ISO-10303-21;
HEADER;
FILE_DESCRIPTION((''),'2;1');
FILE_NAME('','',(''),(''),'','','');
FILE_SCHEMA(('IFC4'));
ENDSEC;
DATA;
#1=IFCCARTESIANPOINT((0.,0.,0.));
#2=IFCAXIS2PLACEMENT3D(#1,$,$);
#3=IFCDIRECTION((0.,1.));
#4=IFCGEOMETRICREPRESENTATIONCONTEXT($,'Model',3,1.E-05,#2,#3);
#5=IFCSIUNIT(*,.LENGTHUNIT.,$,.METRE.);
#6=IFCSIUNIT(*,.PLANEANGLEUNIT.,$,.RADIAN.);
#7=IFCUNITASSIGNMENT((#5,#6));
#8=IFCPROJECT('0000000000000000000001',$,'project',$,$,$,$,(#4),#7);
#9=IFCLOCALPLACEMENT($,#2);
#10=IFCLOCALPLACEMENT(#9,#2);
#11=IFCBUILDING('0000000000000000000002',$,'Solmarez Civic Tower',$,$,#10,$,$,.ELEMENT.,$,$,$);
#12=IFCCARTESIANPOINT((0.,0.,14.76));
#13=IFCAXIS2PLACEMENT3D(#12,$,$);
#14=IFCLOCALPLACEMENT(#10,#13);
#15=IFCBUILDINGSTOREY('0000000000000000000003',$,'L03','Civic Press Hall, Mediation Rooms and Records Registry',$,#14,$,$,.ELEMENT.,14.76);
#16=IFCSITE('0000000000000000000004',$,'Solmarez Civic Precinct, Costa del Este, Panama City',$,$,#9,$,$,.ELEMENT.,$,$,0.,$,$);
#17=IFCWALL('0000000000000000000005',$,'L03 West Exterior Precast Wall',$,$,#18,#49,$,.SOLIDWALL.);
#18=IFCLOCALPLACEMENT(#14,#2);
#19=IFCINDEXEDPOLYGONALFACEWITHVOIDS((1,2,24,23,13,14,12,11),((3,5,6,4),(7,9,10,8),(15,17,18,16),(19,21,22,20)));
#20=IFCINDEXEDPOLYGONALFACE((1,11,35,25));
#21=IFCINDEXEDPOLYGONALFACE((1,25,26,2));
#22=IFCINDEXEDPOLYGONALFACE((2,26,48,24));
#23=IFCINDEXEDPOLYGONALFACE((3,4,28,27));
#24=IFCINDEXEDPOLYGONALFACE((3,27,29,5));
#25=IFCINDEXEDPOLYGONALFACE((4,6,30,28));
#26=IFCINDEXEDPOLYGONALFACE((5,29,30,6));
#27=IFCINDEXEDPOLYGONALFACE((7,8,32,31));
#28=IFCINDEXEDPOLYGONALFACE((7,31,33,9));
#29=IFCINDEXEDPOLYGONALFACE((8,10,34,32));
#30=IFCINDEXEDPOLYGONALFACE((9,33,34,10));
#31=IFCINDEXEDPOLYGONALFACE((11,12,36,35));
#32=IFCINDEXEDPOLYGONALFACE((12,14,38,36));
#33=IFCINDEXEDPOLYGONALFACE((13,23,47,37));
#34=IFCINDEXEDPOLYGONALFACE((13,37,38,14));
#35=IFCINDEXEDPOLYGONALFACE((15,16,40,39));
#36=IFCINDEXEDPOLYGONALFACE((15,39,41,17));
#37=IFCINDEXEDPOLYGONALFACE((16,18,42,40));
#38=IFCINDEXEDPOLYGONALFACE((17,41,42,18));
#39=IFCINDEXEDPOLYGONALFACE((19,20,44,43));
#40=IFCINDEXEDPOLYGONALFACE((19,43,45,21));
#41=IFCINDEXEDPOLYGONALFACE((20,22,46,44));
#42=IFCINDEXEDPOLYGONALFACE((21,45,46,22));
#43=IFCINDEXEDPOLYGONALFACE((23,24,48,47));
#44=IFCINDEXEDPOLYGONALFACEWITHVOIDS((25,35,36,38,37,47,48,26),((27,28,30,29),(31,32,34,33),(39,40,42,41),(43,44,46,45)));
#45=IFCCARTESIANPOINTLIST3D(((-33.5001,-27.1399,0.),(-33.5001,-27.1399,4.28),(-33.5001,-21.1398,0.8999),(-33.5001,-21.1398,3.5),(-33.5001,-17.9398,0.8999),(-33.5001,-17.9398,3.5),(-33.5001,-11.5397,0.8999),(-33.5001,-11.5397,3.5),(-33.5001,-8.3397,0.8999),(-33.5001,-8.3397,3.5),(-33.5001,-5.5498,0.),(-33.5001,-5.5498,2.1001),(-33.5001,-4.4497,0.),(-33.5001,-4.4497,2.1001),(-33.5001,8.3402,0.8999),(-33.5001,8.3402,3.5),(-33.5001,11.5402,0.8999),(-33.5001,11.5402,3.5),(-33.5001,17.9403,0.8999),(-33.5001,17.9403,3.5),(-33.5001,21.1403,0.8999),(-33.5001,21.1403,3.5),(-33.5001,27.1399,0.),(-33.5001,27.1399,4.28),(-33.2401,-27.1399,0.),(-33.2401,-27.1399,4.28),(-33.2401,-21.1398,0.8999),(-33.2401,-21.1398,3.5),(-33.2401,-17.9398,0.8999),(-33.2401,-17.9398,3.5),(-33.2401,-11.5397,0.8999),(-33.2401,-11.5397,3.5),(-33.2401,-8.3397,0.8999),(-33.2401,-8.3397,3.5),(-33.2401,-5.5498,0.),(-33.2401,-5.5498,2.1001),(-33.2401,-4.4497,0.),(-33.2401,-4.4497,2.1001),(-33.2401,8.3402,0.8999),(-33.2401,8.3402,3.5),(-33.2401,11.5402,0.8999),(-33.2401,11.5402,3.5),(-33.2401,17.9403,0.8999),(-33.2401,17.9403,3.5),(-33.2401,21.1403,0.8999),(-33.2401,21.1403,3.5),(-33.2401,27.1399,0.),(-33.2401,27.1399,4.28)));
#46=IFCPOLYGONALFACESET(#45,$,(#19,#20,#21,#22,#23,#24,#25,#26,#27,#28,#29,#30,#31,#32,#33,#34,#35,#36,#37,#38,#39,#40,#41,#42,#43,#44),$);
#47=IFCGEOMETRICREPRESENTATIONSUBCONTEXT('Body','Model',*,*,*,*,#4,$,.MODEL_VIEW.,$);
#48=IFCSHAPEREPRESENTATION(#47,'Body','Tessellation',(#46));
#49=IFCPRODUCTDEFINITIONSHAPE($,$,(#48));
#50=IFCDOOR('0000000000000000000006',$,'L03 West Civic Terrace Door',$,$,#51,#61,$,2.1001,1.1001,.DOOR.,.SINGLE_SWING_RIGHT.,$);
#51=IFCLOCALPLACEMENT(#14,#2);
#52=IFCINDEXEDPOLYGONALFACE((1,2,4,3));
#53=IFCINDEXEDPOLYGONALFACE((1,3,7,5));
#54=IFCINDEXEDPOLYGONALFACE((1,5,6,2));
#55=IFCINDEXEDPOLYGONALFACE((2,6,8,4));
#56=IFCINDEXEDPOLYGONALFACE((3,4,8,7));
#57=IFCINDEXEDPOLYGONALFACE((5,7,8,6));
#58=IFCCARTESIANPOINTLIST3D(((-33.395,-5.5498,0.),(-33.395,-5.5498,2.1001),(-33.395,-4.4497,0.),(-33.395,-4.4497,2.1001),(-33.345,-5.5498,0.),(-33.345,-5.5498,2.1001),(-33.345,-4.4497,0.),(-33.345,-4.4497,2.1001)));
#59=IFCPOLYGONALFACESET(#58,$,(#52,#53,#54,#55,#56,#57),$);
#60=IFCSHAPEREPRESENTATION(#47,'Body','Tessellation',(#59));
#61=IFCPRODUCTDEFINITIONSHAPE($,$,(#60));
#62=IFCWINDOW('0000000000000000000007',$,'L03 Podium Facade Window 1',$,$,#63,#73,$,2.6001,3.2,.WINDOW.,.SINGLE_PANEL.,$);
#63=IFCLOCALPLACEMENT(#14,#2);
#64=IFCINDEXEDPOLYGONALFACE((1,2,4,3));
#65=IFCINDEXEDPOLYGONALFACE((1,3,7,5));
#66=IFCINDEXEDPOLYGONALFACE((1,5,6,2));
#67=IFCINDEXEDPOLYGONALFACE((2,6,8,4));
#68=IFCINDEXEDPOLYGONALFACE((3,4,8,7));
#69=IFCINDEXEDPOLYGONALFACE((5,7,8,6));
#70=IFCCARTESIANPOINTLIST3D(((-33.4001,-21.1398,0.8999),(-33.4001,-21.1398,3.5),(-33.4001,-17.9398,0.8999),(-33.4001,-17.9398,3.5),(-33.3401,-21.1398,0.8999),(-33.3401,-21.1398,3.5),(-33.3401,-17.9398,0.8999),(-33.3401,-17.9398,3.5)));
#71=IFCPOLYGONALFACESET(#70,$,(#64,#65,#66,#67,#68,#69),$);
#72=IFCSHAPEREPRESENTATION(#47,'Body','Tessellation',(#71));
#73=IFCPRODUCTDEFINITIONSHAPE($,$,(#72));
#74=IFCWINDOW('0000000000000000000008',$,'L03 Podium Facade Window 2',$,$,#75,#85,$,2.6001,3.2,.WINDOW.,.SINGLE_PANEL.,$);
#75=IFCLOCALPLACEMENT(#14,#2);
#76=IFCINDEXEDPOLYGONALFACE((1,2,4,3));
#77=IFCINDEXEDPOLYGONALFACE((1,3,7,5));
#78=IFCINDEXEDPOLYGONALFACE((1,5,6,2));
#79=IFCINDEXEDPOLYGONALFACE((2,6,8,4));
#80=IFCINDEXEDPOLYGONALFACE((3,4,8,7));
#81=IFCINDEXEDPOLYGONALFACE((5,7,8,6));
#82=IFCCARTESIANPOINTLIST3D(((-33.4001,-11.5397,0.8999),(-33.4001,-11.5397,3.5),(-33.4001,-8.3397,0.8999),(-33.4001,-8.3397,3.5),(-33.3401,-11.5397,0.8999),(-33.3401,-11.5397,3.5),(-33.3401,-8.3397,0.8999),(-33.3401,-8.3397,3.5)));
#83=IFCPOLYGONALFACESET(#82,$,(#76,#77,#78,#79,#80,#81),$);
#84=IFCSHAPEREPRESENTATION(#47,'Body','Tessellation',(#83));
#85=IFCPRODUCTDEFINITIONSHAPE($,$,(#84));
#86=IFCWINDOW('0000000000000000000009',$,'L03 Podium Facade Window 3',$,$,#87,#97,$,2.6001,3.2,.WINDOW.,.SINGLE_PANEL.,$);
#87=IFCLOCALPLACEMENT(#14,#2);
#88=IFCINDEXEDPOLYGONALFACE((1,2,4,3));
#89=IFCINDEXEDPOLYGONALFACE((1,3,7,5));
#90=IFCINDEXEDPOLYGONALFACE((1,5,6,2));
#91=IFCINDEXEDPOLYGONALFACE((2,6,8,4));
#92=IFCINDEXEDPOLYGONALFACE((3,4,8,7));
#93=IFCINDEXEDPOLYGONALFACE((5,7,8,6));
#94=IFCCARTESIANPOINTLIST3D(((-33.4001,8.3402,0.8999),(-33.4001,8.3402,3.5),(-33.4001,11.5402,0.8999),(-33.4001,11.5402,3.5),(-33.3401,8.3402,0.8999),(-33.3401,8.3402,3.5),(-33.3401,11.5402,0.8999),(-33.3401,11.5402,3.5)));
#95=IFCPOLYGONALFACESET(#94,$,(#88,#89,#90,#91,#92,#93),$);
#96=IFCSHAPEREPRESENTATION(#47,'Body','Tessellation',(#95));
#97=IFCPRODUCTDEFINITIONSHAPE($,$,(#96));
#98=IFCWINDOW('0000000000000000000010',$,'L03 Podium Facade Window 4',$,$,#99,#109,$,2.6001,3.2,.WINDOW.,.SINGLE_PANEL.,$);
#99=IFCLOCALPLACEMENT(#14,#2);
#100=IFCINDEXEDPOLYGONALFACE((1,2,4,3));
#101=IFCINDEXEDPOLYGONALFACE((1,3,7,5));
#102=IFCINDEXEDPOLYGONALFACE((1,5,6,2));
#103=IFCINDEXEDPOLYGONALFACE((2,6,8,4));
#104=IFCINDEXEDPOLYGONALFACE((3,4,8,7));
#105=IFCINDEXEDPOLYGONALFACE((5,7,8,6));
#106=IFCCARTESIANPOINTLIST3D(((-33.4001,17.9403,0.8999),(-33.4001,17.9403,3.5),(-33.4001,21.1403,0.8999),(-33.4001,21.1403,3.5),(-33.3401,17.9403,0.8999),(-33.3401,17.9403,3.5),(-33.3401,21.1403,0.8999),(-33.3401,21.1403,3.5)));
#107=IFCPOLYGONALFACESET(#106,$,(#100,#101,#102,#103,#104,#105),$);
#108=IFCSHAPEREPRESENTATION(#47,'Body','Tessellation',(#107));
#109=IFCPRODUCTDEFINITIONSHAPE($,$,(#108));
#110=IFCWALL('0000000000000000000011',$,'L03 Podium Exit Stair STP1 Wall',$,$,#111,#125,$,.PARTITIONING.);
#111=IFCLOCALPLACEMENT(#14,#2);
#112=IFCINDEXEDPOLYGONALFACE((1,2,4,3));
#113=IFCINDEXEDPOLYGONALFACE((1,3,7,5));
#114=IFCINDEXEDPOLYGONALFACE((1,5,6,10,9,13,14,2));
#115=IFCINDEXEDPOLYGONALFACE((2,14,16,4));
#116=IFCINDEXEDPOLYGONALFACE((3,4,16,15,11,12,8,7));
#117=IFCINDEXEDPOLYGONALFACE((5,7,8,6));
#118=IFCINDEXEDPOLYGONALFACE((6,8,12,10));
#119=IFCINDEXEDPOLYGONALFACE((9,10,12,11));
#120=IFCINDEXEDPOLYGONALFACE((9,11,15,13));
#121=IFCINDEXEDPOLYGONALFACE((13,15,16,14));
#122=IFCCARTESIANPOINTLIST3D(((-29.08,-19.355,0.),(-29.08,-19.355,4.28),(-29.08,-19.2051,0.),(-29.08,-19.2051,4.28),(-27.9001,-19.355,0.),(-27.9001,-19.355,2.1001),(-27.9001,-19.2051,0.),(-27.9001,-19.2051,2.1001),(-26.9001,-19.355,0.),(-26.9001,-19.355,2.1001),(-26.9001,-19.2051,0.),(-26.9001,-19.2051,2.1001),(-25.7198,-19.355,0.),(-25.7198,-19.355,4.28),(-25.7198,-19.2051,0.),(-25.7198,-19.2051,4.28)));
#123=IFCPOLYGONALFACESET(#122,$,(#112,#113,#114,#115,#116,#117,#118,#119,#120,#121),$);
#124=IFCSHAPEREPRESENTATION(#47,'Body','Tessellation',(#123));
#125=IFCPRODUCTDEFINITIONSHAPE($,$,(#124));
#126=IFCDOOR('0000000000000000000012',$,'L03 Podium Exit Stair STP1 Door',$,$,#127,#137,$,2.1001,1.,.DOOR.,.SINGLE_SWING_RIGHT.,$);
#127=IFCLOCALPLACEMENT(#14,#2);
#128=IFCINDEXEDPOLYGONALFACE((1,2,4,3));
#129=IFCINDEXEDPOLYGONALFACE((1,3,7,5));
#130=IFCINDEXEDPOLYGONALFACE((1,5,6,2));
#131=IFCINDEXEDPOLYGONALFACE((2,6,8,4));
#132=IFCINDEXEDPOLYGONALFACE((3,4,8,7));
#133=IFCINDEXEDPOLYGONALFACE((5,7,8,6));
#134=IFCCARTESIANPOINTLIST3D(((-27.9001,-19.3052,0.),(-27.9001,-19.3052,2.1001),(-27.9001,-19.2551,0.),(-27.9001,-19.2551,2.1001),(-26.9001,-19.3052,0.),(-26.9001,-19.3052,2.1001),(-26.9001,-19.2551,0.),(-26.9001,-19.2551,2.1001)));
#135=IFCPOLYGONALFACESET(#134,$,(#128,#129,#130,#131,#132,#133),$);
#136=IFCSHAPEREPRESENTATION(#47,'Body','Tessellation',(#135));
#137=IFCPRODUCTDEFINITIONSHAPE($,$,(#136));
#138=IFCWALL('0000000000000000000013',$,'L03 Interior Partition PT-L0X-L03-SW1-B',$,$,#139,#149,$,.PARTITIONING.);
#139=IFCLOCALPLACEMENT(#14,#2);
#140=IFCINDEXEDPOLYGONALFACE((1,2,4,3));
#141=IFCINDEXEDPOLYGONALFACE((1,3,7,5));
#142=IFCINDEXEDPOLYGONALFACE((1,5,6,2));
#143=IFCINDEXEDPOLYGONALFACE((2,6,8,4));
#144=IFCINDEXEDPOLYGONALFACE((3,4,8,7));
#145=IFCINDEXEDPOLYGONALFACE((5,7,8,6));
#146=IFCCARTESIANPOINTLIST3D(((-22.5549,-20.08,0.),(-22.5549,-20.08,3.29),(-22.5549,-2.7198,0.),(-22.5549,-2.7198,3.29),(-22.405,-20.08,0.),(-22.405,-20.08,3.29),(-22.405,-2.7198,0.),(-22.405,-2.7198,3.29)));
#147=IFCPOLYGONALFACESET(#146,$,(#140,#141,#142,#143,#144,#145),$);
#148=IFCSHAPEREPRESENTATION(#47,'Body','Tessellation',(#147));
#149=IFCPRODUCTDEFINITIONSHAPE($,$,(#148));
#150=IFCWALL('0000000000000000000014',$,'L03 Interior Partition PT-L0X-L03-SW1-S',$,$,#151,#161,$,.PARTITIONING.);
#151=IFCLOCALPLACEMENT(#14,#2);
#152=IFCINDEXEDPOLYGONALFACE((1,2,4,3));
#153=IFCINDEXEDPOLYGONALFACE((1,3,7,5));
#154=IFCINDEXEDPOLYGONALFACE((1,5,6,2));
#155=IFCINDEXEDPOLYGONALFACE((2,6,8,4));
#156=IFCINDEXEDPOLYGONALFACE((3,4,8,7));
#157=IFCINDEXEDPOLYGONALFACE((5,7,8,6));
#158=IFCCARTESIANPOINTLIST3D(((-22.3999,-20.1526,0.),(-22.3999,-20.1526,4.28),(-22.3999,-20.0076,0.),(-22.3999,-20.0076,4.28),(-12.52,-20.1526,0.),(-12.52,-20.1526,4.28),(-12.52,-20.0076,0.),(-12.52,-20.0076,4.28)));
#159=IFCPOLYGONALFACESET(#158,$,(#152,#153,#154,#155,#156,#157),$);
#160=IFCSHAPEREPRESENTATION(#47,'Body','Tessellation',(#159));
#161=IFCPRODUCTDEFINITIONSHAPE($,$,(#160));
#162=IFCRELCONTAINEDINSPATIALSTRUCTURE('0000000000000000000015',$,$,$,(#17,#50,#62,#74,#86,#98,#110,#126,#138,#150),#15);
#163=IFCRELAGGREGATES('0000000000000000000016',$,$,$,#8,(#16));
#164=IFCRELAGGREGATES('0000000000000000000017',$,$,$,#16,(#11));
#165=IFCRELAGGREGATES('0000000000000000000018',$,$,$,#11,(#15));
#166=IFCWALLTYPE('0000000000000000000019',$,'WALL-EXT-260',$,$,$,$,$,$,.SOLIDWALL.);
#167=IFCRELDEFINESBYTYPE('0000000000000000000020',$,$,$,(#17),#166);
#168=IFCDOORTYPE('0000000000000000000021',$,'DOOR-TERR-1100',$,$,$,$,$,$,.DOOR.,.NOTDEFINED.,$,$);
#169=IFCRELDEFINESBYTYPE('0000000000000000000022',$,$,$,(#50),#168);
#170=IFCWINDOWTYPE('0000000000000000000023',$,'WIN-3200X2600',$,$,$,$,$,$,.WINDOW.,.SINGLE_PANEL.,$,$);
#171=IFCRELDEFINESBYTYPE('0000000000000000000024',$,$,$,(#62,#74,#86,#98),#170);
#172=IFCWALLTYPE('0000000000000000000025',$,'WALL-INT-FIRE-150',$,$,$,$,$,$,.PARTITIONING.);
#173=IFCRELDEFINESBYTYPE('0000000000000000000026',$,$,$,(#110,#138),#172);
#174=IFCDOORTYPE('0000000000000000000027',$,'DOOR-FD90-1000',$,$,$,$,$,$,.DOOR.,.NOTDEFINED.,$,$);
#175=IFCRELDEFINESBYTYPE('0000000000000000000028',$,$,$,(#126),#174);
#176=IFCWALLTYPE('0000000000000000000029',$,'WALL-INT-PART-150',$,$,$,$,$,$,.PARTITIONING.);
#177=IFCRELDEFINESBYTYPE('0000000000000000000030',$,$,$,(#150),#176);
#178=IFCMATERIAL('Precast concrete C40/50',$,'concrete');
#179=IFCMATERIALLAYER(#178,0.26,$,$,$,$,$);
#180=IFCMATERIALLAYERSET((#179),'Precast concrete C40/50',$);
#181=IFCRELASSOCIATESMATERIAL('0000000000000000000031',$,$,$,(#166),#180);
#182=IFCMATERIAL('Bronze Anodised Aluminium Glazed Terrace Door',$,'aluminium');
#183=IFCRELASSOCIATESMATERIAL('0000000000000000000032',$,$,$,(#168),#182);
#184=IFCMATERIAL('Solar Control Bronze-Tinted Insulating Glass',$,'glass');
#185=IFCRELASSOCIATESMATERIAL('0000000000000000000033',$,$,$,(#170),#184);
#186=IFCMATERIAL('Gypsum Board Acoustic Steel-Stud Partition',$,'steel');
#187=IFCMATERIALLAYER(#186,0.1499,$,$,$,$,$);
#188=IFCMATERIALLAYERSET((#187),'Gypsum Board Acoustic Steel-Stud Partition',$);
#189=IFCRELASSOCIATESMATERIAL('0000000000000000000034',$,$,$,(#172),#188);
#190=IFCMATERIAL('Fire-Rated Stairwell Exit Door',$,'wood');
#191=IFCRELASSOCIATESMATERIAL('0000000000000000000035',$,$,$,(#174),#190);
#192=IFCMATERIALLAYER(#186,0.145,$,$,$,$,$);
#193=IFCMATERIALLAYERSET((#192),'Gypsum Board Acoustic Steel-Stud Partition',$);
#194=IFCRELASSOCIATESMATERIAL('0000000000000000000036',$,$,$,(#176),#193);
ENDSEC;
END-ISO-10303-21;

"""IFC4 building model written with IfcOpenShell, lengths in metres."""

from ifc_helpers import new_model, si_unit, direction, frame, frame_2d, origin, place, context, subcontext, project, spatial, rectangle, extrude, material, layer, layer_set, type_object, element, fill, save


model = new_model("IFC4")

# Units and contexts
model_context = context("Model", 3, precision=1e-05, world=origin(), true_north=direction((0.0, 1.0)))
body_context = subcontext(model_context, "Body", "Model", "MODEL_VIEW")
ifc_project = project(units=[si_unit("LENGTHUNIT", "METRE"), si_unit("PLANEANGLEUNIT", "RADIAN")], contexts=[model_context])

# Site, building, storey
site_placement = place(None, origin())
site = spatial("IfcSite", under=ifc_project, at=site_placement, Name="Solmarez Civic Precinct, Costa del Este, Panama City", CompositionType="ELEMENT", RefElevation=0.0)
building_placement = place(site_placement, origin())
building = spatial("IfcBuilding", under=site, at=building_placement, Name="Solmarez Civic Tower", CompositionType="ELEMENT")
storey_placement = place(building_placement, frame((0.0, 0.0, 14.76)))
storey = spatial("IfcBuildingStorey", under=building, at=storey_placement, Name="L03", Description="Civic Press Hall, Mediation Rooms and Records Registry", CompositionType="ELEMENT", Elevation=14.76)

# Wall, openings, door, windows
ifc_material_1 = material(Name="Precast concrete C40/50", Category="concrete")
ifc_layer_1 = layer(ifc_material_1, 0.26)
ifc_layer_set_1 = layer_set([ifc_layer_1], Name="Precast concrete C40/50")
wall_type_1 = type_object("IfcWallType", Name="WALL-EXT-260", PredefinedType="SOLIDWALL", material=ifc_layer_set_1)
wall_1_placement = place(storey_placement, frame((-33.3701, -27.1399, 0.0), z_axis=(0.0, 0.0, 1.0), x_axis=(0.0, 1.0, 0.0)))
wall_1 = element("IfcWall", 1, at=wall_1_placement, inside=storey, type_object=wall_type_1, Name="L03 West Exterior Precast Wall", PredefinedType="SOLIDWALL", context=body_context, shape_type="SweptSolid", body=[
    extrude(rectangle(XDim=54.2798, YDim=0.26, at=frame_2d((27.1399, 0.0))), origin(), (0.0, 0.0, 1.0), 4.28),
])
opening_1_placement = place(wall_1_placement, frame((21.5901, 0.0, 0.0)))
opening_1 = element("IfcOpeningElement", 2, at=opening_1_placement, cuts=wall_1, PredefinedType="OPENING", context=body_context, shape_type="SweptSolid", body=[
    extrude(rectangle(XDim=1.1001, YDim=2.1001, at=frame_2d((0.55, 1.05))), frame((0.0, 0.1399, 0.0), z_axis=(0.0, -1.0, 0.0), x_axis=(1.0, 0.0, 0.0)), (0.0, 0.0, 1.0), 0.28),
])
opening_2_placement = place(wall_1_placement, frame((6.0, 0.0, 0.8999)))
opening_2 = element("IfcOpeningElement", 3, at=opening_2_placement, cuts=wall_1, PredefinedType="OPENING", context=body_context, shape_type="SweptSolid", body=[
    extrude(rectangle(XDim=3.2, YDim=2.6001, at=frame_2d((1.6001, 1.3))), frame((0.0, 0.1399, 0.0), z_axis=(0.0, -1.0, 0.0), x_axis=(1.0, 0.0, 0.0)), (0.0, 0.0, 1.0), 0.28),
])
opening_3_placement = place(wall_1_placement, frame((15.6001, 0.0, 0.8999)))
opening_3 = element("IfcOpeningElement", 4, at=opening_3_placement, cuts=wall_1, PredefinedType="OPENING", context=body_context, shape_type="SweptSolid", body=[
    extrude(rectangle(XDim=3.2, YDim=2.6001, at=frame_2d((1.6001, 1.3))), frame((0.0, 0.1399, 0.0), z_axis=(0.0, -1.0, 0.0), x_axis=(1.0, 0.0, 0.0)), (0.0, 0.0, 1.0), 0.28),
])
opening_4_placement = place(wall_1_placement, frame((35.48, 0.0, 0.8999)))
opening_4 = element("IfcOpeningElement", 5, at=opening_4_placement, cuts=wall_1, PredefinedType="OPENING", context=body_context, shape_type="SweptSolid", body=[
    extrude(rectangle(XDim=3.2, YDim=2.6001, at=frame_2d((1.6001, 1.3))), frame((0.0, 0.1399, 0.0), z_axis=(0.0, -1.0, 0.0), x_axis=(1.0, 0.0, 0.0)), (0.0, 0.0, 1.0), 0.28),
])
opening_5_placement = place(wall_1_placement, frame((45.0801, 0.0, 0.8999)))
opening_5 = element("IfcOpeningElement", 6, at=opening_5_placement, cuts=wall_1, PredefinedType="OPENING", context=body_context, shape_type="SweptSolid", body=[
    extrude(rectangle(XDim=3.2, YDim=2.6001, at=frame_2d((1.6001, 1.3))), frame((0.0, 0.1399, 0.0), z_axis=(0.0, -1.0, 0.0), x_axis=(1.0, 0.0, 0.0)), (0.0, 0.0, 1.0), 0.28),
])
ifc_material_2 = material(Name="Bronze Anodised Aluminium Glazed Terrace Door", Category="aluminium")
door_type_1 = type_object("IfcDoorType", Name="DOOR-TERR-1100", OperationType="NOTDEFINED", PredefinedType="DOOR", material=ifc_material_2)
door_1_placement = place(opening_1_placement, origin())
door_1 = element("IfcDoor", 7, at=door_1_placement, inside=storey, type_object=door_type_1, Name="L03 West Civic Terrace Door", OperationType="SINGLE_SWING_RIGHT", OverallHeight=2.1001, OverallWidth=1.1001, PredefinedType="DOOR", context=body_context, shape_type="SweptSolid", body=[
    extrude(rectangle(XDim=1.1001, YDim=2.1001, at=frame_2d((0.55, 1.05))), frame((0.0, 0.0249, 0.0), z_axis=(0.0, -1.0, 0.0), x_axis=(1.0, 0.0, 0.0)), (0.0, 0.0, 1.0), 0.05),
])
fill(opening_1, door_1)
ifc_material_3 = material(Name="Solar Control Bronze-Tinted Insulating Glass", Category="glass")
window_type = type_object("IfcWindowType", Name="WIN-3200X2600", PartitioningType="SINGLE_PANEL", PredefinedType="WINDOW", material=ifc_material_3)
window_1_placement = place(opening_2_placement, origin())
window_1 = element("IfcWindow", 8, at=window_1_placement, inside=storey, type_object=window_type, Name="L03 Podium Facade Window 1", OverallHeight=2.6001, OverallWidth=3.2, PartitioningType="SINGLE_PANEL", PredefinedType="WINDOW", context=body_context, shape_type="SweptSolid", body=[
    extrude(rectangle(XDim=3.2, YDim=2.6001, at=frame_2d((1.6001, 1.3))), frame((0.0, 0.03, 0.0), z_axis=(0.0, -1.0, 0.0), x_axis=(1.0, 0.0, 0.0)), (0.0, 0.0, 1.0), 0.0601),
])
fill(opening_2, window_1)
window_2_placement = place(opening_3_placement, origin())
window_2 = element("IfcWindow", 9, at=window_2_placement, inside=storey, type_object=window_type, Name="L03 Podium Facade Window 2", OverallHeight=2.6001, OverallWidth=3.2, PartitioningType="SINGLE_PANEL", PredefinedType="WINDOW", context=body_context, shape_type="SweptSolid", body=[
    extrude(rectangle(XDim=3.2, YDim=2.6001, at=frame_2d((1.6001, 1.3))), frame((0.0, 0.03, 0.0), z_axis=(0.0, -1.0, 0.0), x_axis=(1.0, 0.0, 0.0)), (0.0, 0.0, 1.0), 0.0601),
])
fill(opening_3, window_2)
window_3_placement = place(opening_4_placement, origin())
window_3 = element("IfcWindow", 10, at=window_3_placement, inside=storey, type_object=window_type, Name="L03 Podium Facade Window 3", OverallHeight=2.6001, OverallWidth=3.2, PartitioningType="SINGLE_PANEL", PredefinedType="WINDOW", context=body_context, shape_type="SweptSolid", body=[
    extrude(rectangle(XDim=3.2, YDim=2.6001, at=frame_2d((1.6001, 1.3))), frame((0.0, 0.03, 0.0), z_axis=(0.0, -1.0, 0.0), x_axis=(1.0, 0.0, 0.0)), (0.0, 0.0, 1.0), 0.0601),
])
fill(opening_4, window_3)
window_4_placement = place(opening_5_placement, origin())
window_4 = element("IfcWindow", 11, at=window_4_placement, inside=storey, type_object=window_type, Name="L03 Podium Facade Window 4", OverallHeight=2.6001, OverallWidth=3.2, PartitioningType="SINGLE_PANEL", PredefinedType="WINDOW", context=body_context, shape_type="SweptSolid", body=[
    extrude(rectangle(XDim=3.2, YDim=2.6001, at=frame_2d((1.6001, 1.3))), frame((0.0, 0.03, 0.0), z_axis=(0.0, -1.0, 0.0), x_axis=(1.0, 0.0, 0.0)), (0.0, 0.0, 1.0), 0.0601),
])
fill(opening_5, window_4)

# Wall, opening, door
ifc_material_4 = material(Name="Gypsum Board Acoustic Steel-Stud Partition", Category="steel")
ifc_layer_2 = layer(ifc_material_4, 0.1499)
ifc_layer_set_2 = layer_set([ifc_layer_2], Name="Gypsum Board Acoustic Steel-Stud Partition")
wall_type_2 = type_object("IfcWallType", Name="WALL-INT-FIRE-150", PredefinedType="PARTITIONING", material=ifc_layer_set_2)
wall_2_placement = place(storey_placement, frame((-29.0801, -19.28, 0.0), z_axis=(0.0, 0.0, 1.0), x_axis=(1.0, 0.0, 0.0)))
wall_2 = element("IfcWall", 12, at=wall_2_placement, inside=storey, type_object=wall_type_2, Name="L03 Podium Exit Stair STP1 Wall", PredefinedType="PARTITIONING", context=body_context, shape_type="SweptSolid", body=[
    extrude(rectangle(XDim=3.3601, YDim=0.1499, at=frame_2d((1.6802, 0.0))), origin(), (0.0, 0.0, 1.0), 4.28),
])
opening_6_placement = place(wall_2_placement, frame((1.1799, 0.0, 0.0)))
opening_6 = element("IfcOpeningElement", 13, at=opening_6_placement, cuts=wall_2, PredefinedType="OPENING", context=body_context, shape_type="SweptSolid", body=[
    extrude(rectangle(XDim=1.0, YDim=2.1001, at=frame_2d((0.5, 1.05))), frame((0.0, 0.085, 0.0), z_axis=(0.0, -1.0, 0.0), x_axis=(1.0, 0.0, 0.0)), (0.0, 0.0, 1.0), 0.1699),
])
ifc_material_5 = material(Name="Fire-Rated Stairwell Exit Door", Category="wood")
door_type_2 = type_object("IfcDoorType", Name="DOOR-FD90-1000", OperationType="NOTDEFINED", PredefinedType="DOOR", material=ifc_material_5)
door_2_placement = place(opening_6_placement, origin())
door_2 = element("IfcDoor", 14, at=door_2_placement, inside=storey, type_object=door_type_2, Name="L03 Podium Exit Stair STP1 Door", OperationType="SINGLE_SWING_RIGHT", OverallHeight=2.1001, OverallWidth=1.0, PredefinedType="DOOR", context=body_context, shape_type="SweptSolid", body=[
    extrude(rectangle(XDim=1.0, YDim=2.1001, at=frame_2d((0.5, 1.05))), frame((0.0, 0.0249, 0.0), z_axis=(0.0, -1.0, 0.0), x_axis=(1.0, 0.0, 0.0)), (0.0, 0.0, 1.0), 0.05),
])
fill(opening_6, door_2)

# Walls
wall_3_placement = place(storey_placement, frame((-22.48, -20.0801, 0.0), z_axis=(0.0, 0.0, 1.0), x_axis=(0.0, 1.0, 0.0)))
element("IfcWall", 15, at=wall_3_placement, inside=storey, type_object=wall_type_2, Name="L03 Interior Partition PT-L0X-L03-SW1-B", PredefinedType="PARTITIONING", context=body_context, shape_type="SweptSolid", body=[
    extrude(rectangle(XDim=17.3601, YDim=0.1499, at=frame_2d((8.6802, 0.0))), origin(), (0.0, 0.0, 1.0), 3.29),
])
ifc_layer_3 = layer(ifc_material_4, 0.145)
ifc_layer_set_3 = layer_set([ifc_layer_3], Name="Gypsum Board Acoustic Steel-Stud Partition")
wall_type_3 = type_object("IfcWallType", Name="WALL-INT-PART-150", PredefinedType="PARTITIONING", material=ifc_layer_set_3)
wall_4_placement = place(storey_placement, frame((-22.3999, -20.0801, 0.0), z_axis=(0.0, 0.0, 1.0), x_axis=(1.0, 0.0, 0.0)))
element("IfcWall", 16, at=wall_4_placement, inside=storey, type_object=wall_type_3, Name="L03 Interior Partition PT-L0X-L03-SW1-S", PredefinedType="PARTITIONING", context=body_context, shape_type="SweptSolid", body=[
    extrude(rectangle(XDim=9.8799, YDim=0.145, at=frame_2d((4.9399, 0.0))), origin(), (0.0, 0.0, 1.0), 4.28),
])

save(model, "model.ifc")
